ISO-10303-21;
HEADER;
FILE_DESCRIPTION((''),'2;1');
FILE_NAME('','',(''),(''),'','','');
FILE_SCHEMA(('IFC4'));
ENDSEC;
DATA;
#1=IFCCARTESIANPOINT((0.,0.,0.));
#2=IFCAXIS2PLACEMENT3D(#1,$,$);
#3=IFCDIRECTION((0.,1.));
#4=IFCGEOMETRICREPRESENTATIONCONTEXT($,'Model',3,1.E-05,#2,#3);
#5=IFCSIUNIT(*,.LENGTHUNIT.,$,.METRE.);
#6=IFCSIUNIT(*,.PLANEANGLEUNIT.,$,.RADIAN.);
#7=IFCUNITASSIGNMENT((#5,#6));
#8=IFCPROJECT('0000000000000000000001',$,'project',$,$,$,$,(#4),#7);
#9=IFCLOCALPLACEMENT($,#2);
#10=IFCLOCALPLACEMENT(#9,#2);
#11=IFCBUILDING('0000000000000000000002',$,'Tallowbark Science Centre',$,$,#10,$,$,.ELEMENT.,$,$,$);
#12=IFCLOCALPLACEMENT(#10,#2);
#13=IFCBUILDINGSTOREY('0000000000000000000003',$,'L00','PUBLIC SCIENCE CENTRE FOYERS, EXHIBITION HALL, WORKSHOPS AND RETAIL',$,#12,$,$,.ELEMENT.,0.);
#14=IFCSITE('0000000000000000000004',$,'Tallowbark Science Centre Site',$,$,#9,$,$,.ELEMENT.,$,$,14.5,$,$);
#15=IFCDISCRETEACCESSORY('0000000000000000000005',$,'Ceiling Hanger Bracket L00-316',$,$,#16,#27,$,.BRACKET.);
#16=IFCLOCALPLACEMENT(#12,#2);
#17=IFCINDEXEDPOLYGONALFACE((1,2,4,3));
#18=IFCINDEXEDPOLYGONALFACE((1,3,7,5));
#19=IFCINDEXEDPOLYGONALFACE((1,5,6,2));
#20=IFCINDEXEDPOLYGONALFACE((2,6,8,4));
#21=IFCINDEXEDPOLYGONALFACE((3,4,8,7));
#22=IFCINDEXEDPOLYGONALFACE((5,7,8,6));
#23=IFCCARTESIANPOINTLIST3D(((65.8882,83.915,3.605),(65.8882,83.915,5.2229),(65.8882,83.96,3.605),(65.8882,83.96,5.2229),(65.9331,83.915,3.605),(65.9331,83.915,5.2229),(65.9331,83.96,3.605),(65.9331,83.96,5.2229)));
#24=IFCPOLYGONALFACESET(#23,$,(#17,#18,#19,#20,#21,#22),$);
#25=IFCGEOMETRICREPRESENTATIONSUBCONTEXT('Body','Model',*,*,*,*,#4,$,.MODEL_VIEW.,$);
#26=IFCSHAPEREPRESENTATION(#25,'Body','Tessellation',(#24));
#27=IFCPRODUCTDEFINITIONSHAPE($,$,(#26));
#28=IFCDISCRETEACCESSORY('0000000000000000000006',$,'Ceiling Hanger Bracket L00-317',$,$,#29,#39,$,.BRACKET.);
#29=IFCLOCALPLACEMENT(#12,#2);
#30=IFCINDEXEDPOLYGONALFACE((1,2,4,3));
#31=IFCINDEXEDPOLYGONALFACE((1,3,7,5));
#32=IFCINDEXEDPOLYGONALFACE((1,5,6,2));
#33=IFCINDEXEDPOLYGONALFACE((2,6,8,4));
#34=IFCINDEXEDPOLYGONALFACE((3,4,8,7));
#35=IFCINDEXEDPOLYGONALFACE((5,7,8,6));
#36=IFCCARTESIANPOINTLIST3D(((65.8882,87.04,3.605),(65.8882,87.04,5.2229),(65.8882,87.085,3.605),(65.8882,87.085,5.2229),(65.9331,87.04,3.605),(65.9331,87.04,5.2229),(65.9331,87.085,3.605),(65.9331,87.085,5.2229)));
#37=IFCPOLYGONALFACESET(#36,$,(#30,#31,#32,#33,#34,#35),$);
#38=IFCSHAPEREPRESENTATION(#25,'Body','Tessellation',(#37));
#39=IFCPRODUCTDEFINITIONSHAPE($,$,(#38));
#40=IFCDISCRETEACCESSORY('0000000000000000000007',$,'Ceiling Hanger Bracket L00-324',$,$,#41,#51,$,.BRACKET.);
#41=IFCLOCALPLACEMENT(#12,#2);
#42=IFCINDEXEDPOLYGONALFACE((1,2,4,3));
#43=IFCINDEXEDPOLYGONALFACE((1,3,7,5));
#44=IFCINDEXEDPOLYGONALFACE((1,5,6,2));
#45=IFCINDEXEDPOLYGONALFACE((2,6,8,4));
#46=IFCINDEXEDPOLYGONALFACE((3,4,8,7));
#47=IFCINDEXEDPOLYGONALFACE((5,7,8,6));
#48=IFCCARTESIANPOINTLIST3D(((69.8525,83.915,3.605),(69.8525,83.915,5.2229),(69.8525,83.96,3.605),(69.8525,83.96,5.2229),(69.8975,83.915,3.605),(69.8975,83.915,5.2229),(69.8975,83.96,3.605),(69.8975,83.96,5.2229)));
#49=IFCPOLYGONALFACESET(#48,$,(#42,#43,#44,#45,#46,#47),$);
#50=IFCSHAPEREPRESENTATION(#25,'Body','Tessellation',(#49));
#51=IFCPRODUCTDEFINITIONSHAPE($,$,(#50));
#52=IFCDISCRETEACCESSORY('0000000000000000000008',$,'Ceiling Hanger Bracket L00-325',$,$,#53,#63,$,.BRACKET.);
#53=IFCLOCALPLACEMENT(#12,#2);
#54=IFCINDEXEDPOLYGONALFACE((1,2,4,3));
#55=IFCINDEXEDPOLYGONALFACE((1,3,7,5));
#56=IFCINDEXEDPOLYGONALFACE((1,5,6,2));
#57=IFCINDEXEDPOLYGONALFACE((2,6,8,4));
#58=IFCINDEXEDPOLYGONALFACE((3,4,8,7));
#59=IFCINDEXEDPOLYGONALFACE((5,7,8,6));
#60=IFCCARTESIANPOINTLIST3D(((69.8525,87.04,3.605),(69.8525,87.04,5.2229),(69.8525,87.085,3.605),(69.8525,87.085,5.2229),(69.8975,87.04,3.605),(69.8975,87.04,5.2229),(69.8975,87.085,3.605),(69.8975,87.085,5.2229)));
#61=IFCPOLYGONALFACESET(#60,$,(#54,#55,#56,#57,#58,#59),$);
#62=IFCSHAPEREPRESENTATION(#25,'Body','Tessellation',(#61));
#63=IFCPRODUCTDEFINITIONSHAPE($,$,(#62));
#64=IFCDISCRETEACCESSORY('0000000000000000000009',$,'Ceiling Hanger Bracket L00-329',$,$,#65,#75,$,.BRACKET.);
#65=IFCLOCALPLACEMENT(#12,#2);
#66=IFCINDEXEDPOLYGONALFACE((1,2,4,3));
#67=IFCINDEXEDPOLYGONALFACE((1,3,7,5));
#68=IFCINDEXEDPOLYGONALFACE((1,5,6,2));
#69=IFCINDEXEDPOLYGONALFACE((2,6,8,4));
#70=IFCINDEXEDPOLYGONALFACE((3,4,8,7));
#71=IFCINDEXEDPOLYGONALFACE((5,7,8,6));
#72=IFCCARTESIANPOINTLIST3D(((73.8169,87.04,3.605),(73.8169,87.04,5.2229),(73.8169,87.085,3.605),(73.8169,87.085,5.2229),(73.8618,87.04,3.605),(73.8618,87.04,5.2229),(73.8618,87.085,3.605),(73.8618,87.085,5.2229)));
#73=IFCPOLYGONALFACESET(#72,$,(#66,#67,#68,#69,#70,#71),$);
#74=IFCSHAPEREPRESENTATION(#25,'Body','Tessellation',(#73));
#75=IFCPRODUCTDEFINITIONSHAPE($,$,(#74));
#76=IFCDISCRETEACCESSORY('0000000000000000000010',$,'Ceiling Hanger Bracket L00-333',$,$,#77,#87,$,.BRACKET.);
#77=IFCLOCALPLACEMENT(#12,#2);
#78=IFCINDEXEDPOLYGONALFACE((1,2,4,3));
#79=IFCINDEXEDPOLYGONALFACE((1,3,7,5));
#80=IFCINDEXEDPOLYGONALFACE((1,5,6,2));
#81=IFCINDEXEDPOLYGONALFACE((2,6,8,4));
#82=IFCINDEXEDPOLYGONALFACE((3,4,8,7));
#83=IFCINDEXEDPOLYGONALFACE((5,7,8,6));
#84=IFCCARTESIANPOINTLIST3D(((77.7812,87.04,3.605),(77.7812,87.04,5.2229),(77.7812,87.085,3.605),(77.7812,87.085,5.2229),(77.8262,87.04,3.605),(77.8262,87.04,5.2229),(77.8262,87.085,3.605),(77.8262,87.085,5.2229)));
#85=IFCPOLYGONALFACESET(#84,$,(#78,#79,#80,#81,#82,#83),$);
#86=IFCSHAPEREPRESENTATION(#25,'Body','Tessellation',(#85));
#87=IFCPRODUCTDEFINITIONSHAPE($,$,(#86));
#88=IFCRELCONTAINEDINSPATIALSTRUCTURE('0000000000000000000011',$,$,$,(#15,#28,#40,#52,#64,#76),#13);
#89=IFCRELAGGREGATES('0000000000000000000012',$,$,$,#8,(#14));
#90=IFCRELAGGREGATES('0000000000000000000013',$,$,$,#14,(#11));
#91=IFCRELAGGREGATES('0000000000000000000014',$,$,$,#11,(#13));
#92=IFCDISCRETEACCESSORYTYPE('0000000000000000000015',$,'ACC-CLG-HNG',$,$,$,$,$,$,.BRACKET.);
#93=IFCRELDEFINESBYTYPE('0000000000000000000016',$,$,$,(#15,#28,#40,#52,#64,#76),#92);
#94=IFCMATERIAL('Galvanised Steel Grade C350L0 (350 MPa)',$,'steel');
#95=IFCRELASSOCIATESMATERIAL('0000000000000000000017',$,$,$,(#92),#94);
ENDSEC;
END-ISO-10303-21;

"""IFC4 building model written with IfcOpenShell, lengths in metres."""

from ifc_helpers import new_model, si_unit, direction, frame, origin, origin_2d, place, context, subcontext, project, spatial, rectangle, extrude, material, type_object, element, save


model = new_model("IFC4")

# Units and contexts
model_context = context("Model", 3, precision=1e-05, world=origin(), true_north=direction((0.0, 1.0)))
body_context = subcontext(model_context, "Body", "Model", "MODEL_VIEW")
ifc_project = project(units=[si_unit("LENGTHUNIT", "METRE"), si_unit("PLANEANGLEUNIT", "RADIAN")], contexts=[model_context])

# Site, building, storey
site_placement = place(None, origin())
site = spatial("IfcSite", under=ifc_project, at=site_placement, Name="Tallowbark Science Centre Site", CompositionType="ELEMENT", RefElevation=14.5)
building_placement = place(site_placement, origin())
building = spatial("IfcBuilding", under=site, at=building_placement, Name="Tallowbark Science Centre", CompositionType="ELEMENT")
storey_placement = place(building_placement, origin())
storey = spatial("IfcBuildingStorey", under=building, at=storey_placement, Name="L00", Description="PUBLIC SCIENCE CENTRE FOYERS, EXHIBITION HALL, WORKSHOPS AND RETAIL", CompositionType="ELEMENT", Elevation=0.0)

# Discrete accessories
ifc_material_1 = material(Name="Galvanised Steel Grade C350L0 (350 MPa)", Category="steel")
discrete_accessory_type = type_object("IfcDiscreteAccessoryType", Name="ACC-CLG-HNG", PredefinedType="BRACKET", material=ifc_material_1)
for number, where, z_axis, x_axis, name in (
    (1, (65.9106, 83.9375, 3.605), (0.0, 0.0, 1.0), (1.0, 0.0, 0.0), "Ceiling Hanger Bracket L00-316"),
    (2, (65.9106, 87.0625, 3.605), (0.0, 0.0, 1.0), (1.0, 0.0, 0.0), "Ceiling Hanger Bracket L00-317"),
    (3, (69.875, 83.9375, 3.605), (0.0, 0.0, 1.0), (1.0, 0.0, 0.0), "Ceiling Hanger Bracket L00-324"),
    (4, (69.875, 87.0625, 3.605), (0.0, 0.0, 1.0), (1.0, 0.0, 0.0), "Ceiling Hanger Bracket L00-325"),
    (5, (73.8394, 87.0625, 3.605), (0.0, 0.0, 1.0), (1.0, 0.0, 0.0), "Ceiling Hanger Bracket L00-329"),
    (6, (77.8037, 87.0625, 3.605), (0.0, 0.0, 1.0), (1.0, 0.0, 0.0), "Ceiling Hanger Bracket L00-333"),
):
    element("IfcDiscreteAccessory", number, at=place(storey_placement, frame(where, z_axis=z_axis, x_axis=x_axis)), inside=storey, type_object=discrete_accessory_type, Name=name, PredefinedType="BRACKET", context=body_context, shape_type="SweptSolid", body=[
        extrude(rectangle(XDim=0.0449, YDim=0.0449, at=origin_2d()), origin(), (0.0, 0.0, 1.0), 1.6179),
    ])

save(model, "model.ifc")
